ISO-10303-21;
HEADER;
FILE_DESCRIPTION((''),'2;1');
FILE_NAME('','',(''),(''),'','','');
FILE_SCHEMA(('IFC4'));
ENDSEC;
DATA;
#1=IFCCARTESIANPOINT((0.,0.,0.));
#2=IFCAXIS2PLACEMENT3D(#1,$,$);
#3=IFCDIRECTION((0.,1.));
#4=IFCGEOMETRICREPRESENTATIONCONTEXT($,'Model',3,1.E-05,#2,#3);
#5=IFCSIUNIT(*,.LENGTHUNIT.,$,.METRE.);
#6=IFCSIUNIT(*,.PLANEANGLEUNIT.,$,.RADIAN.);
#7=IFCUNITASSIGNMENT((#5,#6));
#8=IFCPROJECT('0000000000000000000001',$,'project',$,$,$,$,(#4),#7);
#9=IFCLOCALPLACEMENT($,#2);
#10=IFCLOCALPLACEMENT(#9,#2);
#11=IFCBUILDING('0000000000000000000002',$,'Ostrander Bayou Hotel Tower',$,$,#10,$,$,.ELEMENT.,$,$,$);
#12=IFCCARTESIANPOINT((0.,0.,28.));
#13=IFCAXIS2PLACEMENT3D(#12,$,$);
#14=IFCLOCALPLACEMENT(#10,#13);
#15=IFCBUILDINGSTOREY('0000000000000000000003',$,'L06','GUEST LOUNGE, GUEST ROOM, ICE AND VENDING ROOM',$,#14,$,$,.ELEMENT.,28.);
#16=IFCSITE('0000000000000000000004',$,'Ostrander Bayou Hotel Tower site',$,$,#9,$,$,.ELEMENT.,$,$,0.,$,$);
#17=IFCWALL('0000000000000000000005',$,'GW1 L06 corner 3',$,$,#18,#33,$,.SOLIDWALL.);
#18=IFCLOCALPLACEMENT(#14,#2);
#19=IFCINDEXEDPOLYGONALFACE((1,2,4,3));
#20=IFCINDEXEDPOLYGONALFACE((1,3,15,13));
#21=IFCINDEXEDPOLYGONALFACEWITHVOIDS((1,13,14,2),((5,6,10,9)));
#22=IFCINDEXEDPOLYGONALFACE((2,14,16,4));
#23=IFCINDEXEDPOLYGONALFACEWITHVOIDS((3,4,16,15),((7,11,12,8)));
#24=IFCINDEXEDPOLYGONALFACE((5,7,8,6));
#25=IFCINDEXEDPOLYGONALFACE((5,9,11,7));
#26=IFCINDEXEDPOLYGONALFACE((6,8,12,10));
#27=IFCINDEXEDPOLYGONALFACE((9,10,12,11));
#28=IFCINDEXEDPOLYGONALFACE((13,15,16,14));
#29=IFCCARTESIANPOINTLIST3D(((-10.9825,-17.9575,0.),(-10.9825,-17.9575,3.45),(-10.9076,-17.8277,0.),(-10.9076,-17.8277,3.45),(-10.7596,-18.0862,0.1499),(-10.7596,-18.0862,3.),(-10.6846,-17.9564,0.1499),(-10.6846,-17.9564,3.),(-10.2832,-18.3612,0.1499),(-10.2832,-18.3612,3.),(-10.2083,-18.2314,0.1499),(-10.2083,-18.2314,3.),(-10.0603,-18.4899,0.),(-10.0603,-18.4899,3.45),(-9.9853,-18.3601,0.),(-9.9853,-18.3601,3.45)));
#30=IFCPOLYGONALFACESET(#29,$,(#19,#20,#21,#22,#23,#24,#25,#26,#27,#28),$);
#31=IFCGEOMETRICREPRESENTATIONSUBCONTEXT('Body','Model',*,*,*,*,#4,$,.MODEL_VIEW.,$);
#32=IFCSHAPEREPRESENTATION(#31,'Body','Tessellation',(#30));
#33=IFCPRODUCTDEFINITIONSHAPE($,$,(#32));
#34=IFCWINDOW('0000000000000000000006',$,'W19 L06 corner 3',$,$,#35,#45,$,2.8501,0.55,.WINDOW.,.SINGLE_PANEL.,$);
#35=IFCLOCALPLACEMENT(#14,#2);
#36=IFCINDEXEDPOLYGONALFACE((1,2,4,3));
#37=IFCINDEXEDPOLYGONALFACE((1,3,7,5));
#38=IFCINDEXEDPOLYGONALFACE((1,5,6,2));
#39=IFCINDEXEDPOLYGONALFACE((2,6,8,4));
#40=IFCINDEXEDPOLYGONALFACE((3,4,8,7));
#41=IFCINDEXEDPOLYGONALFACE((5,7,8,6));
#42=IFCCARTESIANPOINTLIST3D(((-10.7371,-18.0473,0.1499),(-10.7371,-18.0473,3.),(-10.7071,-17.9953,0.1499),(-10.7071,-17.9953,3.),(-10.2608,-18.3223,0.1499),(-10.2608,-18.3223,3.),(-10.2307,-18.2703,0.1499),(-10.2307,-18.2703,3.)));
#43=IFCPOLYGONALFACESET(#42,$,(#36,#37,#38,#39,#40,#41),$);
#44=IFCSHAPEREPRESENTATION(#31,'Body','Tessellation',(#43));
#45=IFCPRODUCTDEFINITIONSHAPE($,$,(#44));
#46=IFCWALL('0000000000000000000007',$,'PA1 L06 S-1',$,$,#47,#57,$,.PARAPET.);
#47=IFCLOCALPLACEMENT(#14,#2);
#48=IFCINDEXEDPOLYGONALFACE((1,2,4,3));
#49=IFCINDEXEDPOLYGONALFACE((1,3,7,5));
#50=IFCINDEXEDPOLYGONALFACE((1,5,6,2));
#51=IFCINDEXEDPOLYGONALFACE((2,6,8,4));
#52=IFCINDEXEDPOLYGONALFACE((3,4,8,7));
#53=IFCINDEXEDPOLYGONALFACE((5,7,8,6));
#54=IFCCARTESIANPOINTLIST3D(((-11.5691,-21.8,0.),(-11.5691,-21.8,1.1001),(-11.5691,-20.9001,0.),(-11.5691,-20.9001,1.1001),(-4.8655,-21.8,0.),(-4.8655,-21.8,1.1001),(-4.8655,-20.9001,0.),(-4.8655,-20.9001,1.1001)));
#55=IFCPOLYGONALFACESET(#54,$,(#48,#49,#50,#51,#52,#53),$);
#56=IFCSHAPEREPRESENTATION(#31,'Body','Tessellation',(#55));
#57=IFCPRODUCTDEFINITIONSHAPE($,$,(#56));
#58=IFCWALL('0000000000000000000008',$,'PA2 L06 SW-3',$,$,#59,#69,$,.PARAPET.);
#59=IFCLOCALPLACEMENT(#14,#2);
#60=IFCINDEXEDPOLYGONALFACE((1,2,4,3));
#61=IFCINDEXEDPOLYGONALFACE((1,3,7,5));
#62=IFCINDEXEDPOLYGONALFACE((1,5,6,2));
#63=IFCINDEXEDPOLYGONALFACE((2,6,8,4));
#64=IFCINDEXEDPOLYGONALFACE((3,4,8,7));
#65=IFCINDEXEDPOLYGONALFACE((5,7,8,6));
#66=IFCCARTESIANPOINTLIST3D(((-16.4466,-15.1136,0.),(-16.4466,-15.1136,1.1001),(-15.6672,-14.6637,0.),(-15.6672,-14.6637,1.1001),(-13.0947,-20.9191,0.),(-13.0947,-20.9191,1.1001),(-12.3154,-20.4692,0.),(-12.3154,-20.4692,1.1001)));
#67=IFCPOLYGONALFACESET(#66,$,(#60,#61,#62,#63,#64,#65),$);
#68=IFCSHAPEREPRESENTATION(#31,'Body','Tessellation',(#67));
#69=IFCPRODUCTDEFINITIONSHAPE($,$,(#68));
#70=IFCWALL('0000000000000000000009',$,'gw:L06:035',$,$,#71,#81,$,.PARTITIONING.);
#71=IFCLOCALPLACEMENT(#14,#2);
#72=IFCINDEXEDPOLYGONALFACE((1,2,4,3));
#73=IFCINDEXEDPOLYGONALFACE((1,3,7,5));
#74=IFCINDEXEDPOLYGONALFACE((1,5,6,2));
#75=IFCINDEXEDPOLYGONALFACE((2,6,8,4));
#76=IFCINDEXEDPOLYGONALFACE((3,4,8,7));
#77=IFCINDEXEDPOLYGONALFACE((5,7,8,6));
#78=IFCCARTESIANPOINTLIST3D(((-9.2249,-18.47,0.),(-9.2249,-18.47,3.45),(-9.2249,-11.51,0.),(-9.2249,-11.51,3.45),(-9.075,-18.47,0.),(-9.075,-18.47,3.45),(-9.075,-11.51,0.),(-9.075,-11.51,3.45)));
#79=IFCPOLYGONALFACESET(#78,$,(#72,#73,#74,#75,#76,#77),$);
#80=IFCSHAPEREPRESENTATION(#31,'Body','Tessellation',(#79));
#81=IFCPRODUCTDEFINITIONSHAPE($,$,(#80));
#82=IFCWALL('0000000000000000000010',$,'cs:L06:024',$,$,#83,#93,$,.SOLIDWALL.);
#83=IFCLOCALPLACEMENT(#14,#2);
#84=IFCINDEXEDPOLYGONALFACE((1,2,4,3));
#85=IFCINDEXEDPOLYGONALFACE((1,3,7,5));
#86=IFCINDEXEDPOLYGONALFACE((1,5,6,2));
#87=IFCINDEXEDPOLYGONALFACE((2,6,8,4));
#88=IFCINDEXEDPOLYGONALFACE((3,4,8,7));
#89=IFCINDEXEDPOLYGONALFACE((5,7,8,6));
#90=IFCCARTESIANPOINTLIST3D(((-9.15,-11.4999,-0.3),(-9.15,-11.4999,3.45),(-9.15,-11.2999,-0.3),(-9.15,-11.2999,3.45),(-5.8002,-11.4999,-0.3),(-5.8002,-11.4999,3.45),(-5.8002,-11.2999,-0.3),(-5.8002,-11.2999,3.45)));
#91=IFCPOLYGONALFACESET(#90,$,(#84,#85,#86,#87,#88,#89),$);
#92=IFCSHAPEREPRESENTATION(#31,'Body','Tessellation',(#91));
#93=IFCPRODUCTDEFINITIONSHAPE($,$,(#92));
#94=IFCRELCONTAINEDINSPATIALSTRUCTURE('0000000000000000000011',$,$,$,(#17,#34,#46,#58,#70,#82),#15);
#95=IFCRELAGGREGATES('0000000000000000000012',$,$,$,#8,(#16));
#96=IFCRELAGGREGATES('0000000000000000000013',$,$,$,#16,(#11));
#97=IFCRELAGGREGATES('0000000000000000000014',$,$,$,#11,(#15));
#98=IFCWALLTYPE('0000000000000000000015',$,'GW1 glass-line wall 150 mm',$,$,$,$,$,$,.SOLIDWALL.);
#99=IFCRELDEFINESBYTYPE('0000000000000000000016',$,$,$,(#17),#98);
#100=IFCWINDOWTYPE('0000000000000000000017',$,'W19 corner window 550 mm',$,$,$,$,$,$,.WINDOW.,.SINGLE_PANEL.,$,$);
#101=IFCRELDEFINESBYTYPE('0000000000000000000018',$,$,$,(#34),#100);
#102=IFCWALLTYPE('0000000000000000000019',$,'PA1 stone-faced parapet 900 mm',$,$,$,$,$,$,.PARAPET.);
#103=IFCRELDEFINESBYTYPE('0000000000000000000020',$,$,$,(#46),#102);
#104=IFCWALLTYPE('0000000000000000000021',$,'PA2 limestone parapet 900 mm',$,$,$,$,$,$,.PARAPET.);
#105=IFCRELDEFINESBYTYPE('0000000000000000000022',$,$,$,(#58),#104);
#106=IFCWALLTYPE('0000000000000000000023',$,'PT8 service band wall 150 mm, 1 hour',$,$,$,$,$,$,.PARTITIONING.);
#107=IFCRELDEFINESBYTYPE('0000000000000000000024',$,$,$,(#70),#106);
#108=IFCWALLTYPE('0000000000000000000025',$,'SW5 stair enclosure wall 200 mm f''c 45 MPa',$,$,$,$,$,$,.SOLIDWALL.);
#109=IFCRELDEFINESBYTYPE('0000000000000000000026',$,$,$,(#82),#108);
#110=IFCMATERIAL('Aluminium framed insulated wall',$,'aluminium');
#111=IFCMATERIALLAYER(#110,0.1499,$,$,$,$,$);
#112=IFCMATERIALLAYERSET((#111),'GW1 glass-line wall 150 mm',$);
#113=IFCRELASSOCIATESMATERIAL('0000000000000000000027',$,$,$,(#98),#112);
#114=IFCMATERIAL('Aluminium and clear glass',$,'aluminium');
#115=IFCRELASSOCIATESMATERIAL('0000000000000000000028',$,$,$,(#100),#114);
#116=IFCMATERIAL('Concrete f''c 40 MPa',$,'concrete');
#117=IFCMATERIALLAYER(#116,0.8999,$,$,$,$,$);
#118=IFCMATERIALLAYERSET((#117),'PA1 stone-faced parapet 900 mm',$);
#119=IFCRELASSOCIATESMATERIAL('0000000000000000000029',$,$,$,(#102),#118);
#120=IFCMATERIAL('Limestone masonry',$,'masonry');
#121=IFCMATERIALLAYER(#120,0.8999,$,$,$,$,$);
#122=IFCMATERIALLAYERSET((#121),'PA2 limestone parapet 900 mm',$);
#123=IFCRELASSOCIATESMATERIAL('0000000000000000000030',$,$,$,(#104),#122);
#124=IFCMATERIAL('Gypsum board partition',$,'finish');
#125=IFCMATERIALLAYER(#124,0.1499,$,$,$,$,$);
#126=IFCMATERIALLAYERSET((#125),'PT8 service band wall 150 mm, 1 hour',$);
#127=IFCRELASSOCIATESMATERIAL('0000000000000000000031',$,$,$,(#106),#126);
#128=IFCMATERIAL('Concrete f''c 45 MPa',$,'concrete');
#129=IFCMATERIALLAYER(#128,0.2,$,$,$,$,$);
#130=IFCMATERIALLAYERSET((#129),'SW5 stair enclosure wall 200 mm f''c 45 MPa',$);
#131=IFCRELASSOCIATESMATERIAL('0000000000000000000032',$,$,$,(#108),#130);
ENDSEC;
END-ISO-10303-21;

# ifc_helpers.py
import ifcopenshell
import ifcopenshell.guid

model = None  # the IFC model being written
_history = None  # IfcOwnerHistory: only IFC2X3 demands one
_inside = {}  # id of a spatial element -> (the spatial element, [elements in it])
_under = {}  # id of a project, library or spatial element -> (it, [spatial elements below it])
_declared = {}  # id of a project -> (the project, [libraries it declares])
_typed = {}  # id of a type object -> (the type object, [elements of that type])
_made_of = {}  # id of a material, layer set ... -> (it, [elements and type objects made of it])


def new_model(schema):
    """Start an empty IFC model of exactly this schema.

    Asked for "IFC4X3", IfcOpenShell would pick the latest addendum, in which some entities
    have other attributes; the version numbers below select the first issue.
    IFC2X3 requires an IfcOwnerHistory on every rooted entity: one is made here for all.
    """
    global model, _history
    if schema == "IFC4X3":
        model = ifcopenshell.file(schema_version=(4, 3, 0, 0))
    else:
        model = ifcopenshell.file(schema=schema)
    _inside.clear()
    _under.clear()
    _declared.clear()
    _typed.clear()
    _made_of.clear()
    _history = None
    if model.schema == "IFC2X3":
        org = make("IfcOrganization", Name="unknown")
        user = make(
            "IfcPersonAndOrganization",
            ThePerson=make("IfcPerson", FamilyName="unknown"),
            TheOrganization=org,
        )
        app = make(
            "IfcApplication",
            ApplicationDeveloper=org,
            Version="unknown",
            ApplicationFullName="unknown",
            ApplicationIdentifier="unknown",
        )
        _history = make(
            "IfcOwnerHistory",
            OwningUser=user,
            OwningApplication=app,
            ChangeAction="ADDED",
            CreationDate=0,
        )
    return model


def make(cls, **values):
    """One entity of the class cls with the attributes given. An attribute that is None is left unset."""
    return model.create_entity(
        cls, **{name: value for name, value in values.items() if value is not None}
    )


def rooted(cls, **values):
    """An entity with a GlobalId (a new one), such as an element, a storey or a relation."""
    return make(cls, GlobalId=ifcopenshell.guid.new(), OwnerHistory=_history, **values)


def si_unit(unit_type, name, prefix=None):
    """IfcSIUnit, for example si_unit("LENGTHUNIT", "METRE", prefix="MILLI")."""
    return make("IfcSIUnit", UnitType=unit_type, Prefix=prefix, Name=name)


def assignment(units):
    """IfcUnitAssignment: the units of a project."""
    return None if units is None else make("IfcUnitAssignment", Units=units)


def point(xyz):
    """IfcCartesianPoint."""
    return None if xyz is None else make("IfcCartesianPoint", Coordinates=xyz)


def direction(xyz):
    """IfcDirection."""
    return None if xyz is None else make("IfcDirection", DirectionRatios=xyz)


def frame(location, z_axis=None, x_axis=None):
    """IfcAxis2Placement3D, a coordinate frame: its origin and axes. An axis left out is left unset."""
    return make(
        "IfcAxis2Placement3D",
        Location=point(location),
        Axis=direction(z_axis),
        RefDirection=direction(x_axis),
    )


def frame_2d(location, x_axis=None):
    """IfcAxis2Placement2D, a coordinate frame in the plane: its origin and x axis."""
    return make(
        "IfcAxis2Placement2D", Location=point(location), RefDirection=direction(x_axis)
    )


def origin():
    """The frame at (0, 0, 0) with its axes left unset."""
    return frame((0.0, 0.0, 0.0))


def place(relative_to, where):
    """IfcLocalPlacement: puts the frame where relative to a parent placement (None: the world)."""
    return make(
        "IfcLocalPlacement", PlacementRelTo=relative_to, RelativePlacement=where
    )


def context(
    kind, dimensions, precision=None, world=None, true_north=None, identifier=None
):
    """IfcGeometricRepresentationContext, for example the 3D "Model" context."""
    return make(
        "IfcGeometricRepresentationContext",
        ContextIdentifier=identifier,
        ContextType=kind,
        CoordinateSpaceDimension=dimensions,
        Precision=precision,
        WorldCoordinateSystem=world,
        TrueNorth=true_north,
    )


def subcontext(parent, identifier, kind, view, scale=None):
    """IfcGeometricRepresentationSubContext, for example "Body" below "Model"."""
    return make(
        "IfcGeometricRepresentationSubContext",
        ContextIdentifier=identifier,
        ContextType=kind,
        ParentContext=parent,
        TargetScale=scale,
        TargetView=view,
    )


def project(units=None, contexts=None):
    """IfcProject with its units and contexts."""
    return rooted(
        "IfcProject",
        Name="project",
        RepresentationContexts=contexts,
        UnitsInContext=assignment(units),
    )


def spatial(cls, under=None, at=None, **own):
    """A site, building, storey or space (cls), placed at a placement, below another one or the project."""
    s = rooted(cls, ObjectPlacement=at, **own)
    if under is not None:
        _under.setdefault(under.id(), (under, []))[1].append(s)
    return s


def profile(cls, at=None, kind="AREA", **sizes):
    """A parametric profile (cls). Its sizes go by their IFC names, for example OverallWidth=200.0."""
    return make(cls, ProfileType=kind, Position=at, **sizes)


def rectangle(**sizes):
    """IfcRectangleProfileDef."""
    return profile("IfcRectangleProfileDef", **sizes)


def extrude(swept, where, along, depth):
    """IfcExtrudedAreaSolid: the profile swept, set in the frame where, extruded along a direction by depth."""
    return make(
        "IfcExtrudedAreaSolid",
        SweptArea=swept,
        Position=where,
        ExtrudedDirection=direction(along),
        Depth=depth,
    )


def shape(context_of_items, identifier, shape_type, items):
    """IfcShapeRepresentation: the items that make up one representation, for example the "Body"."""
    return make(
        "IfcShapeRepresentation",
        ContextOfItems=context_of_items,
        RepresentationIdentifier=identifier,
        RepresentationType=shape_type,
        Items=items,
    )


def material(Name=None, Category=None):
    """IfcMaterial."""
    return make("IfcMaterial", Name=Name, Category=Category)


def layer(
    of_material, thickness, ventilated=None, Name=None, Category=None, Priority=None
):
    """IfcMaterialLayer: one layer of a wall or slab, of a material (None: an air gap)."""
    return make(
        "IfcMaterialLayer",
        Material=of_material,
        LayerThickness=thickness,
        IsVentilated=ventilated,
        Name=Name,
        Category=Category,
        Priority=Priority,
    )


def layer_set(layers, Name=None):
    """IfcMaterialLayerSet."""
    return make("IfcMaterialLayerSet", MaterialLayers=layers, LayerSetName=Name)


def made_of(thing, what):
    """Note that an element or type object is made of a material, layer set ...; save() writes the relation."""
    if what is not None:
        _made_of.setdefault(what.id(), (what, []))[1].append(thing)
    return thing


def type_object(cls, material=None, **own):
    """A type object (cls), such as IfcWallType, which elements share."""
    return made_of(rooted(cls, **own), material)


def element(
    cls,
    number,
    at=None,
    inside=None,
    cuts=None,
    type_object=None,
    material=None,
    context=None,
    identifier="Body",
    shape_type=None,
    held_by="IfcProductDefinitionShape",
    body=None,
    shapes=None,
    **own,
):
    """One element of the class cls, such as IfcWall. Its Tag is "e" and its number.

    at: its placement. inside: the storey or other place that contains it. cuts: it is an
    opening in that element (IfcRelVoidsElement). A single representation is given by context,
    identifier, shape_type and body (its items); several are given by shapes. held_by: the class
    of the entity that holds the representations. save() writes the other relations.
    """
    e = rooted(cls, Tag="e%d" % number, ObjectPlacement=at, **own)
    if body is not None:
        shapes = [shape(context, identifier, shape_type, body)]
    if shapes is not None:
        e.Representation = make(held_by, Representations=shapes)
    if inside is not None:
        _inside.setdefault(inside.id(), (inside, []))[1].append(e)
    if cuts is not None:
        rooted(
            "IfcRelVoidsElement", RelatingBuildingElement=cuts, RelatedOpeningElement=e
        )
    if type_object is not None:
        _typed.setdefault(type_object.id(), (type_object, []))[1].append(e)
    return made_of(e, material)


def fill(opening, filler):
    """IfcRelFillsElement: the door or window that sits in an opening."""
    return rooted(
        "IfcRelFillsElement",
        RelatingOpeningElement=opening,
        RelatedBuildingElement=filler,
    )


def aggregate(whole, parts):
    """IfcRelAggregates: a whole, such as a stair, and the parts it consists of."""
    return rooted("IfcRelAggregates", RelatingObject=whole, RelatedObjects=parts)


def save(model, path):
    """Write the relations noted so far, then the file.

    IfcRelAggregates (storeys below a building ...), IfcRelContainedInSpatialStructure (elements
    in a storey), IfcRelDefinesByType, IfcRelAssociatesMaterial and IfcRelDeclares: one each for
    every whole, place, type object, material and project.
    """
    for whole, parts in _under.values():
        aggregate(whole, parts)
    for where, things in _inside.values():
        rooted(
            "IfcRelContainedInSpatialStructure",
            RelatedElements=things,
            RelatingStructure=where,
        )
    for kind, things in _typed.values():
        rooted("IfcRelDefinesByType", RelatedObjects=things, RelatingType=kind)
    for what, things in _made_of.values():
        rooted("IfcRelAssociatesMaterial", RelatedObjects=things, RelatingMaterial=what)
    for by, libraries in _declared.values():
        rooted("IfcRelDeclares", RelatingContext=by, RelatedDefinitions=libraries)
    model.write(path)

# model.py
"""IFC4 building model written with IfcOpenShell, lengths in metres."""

from ifc_helpers import new_model, si_unit, direction, frame, frame_2d, origin, place, context, subcontext, project, spatial, rectangle, extrude, material, layer, layer_set, type_object, element, fill, save


model = new_model("IFC4")

# Units and contexts
model_context = context("Model", 3, precision=1e-05, world=origin(), true_north=direction((0.0, 1.0)))
body_context = subcontext(model_context, "Body", "Model", "MODEL_VIEW")
ifc_project = project(units=[si_unit("LENGTHUNIT", "METRE"), si_unit("PLANEANGLEUNIT", "RADIAN")], contexts=[model_context])

# Site, building, storey
site_placement = place(None, origin())
site = spatial("IfcSite", under=ifc_project, at=site_placement, Name="Ostrander Bayou Hotel Tower site", CompositionType="ELEMENT", RefElevation=0.0)
building_placement = place(site_placement, origin())
building = spatial("IfcBuilding", under=site, at=building_placement, Name="Ostrander Bayou Hotel Tower", CompositionType="ELEMENT")
storey_placement = place(building_placement, frame((0.0, 0.0, 28.0)))
storey = spatial("IfcBuildingStorey", under=building, at=storey_placement, Name="L06", Description="GUEST LOUNGE, GUEST ROOM, ICE AND VENDING ROOM", CompositionType="ELEMENT", Elevation=28.0)

# Shared definitions
ifc_material_1 = material(Name="Aluminium framed insulated wall", Category="aluminium")
ifc_layer_1 = layer(ifc_material_1, 0.1499)
ifc_layer_set_1 = layer_set([ifc_layer_1], Name="GW1 glass-line wall 150 mm")
wall_type_1 = type_object("IfcWallType", Name="GW1 glass-line wall 150 mm", PredefinedType="SOLIDWALL", material=ifc_layer_set_1)

# Wall, opening, window
wall_1_placement = place(storey_placement, frame((-10.9451, -17.8926, 0.0), z_axis=(0.0, 0.0, 1.0), x_axis=(0.866048, -0.499961, 0.0)))
wall_1 = element("IfcWall", 1, at=wall_1_placement, inside=storey, type_object=wall_type_1, Name="GW1 L06 corner 3", PredefinedType="SOLIDWALL", context=body_context, shape_type="SweptSolid", body=[
    extrude(rectangle(XDim=1.0649, YDim=0.1499, at=frame_2d((0.5325, 0.0))), origin(), (0.0, 0.0, 1.0), 3.45),
])
opening_1_placement = place(wall_1_placement, frame((0.2576, 0.0, 0.1499)))
opening_1 = element("IfcOpeningElement", 2, at=opening_1_placement, cuts=wall_1, PredefinedType="OPENING", context=body_context, shape_type="SweptSolid", body=[
    extrude(rectangle(XDim=0.55, YDim=2.8501, at=frame_2d((0.2749, 1.425))), frame((0.0, 0.075, 0.0), z_axis=(0.0, -1.0, 0.0), x_axis=(1.0, 0.0, 0.0)), (0.0, 0.0, 1.0), 0.1499),
])
ifc_material_2 = material(Name="Aluminium and clear glass", Category="aluminium")
window_type_1 = type_object("IfcWindowType", Name="W19 corner window 550 mm", PartitioningType="SINGLE_PANEL", PredefinedType="WINDOW", material=ifc_material_2)
window_1_placement = place(opening_1_placement, origin())
window_1 = element("IfcWindow", 3, at=window_1_placement, inside=storey, type_object=window_type_1, Name="W19 L06 corner 3", OverallHeight=2.8501, OverallWidth=0.55, PartitioningType="SINGLE_PANEL", PredefinedType="WINDOW", context=body_context, shape_type="SweptSolid", body=[
    extrude(rectangle(XDim=0.55, YDim=2.8501, at=frame_2d((0.2749, 1.425))), frame((0.0, 0.03, 0.0), z_axis=(0.0, -1.0, 0.0), x_axis=(1.0, 0.0, 0.0)), (0.0, 0.0, 1.0), 0.0601),
])
fill(opening_1, window_1)

# Walls
ifc_material_3 = material(Name="Concrete f'c 40 MPa", Category="concrete")
ifc_layer_2 = layer(ifc_material_3, 0.8999)
ifc_layer_set_2 = layer_set([ifc_layer_2], Name="PA1 stone-faced parapet 900 mm")
wall_type_2 = type_object("IfcWallType", Name="PA1 stone-faced parapet 900 mm", PredefinedType="PARAPET", material=ifc_layer_set_2)
wall_2_placement = place(storey_placement, frame((-11.5691, -21.3501, 0.0), z_axis=(0.0, 0.0, 1.0), x_axis=(1.0, 0.0, 0.0)))
element("IfcWall", 4, at=wall_2_placement, inside=storey, type_object=wall_type_2, Name="PA1 L06 S-1", PredefinedType="PARAPET", context=body_context, shape_type="SweptSolid", body=[
    extrude(rectangle(XDim=6.7036, YDim=0.8999, at=frame_2d((3.3518, 0.0))), origin(), (0.0, 0.0, 1.0), 1.1001),
])
ifc_material_4 = material(Name="Limestone masonry", Category="masonry")
ifc_layer_3 = layer(ifc_material_4, 0.8999)
ifc_layer_set_3 = layer_set([ifc_layer_3], Name="PA2 limestone parapet 900 mm")
wall_type_3 = type_object("IfcWallType", Name="PA2 limestone parapet 900 mm", PredefinedType="PARAPET", material=ifc_layer_set_3)
wall_3_placement = place(storey_placement, frame((-16.0569, -14.8887, 0.0), z_axis=(0.0, 0.0, 1.0), x_axis=(0.500005, -0.866022, 0.0)))
element("IfcWall", 5, at=wall_3_placement, inside=storey, type_object=wall_type_3, Name="PA2 L06 SW-3", PredefinedType="PARAPET", context=body_context, shape_type="SweptSolid", body=[
    extrude(rectangle(XDim=6.7036, YDim=0.8999, at=frame_2d((3.3518, 0.0))), origin(), (0.0, 0.0, 1.0), 1.1001),
])
ifc_material_5 = material(Name="Gypsum board partition", Category="finish")
ifc_layer_4 = layer(ifc_material_5, 0.1499)
ifc_layer_set_4 = layer_set([ifc_layer_4], Name="PT8 service band wall 150 mm, 1 hour")
wall_type_4 = type_object("IfcWallType", Name="PT8 service band wall 150 mm, 1 hour", PredefinedType="PARTITIONING", material=ifc_layer_set_4)
wall_4_placement = place(storey_placement, frame((-9.1499, -18.47, 0.0), z_axis=(0.0, 0.0, 1.0), x_axis=(0.0, 1.0, 0.0)))
element("IfcWall", 6, at=wall_4_placement, inside=storey, type_object=wall_type_4, Name="gw:L06:035", PredefinedType="PARTITIONING", context=body_context, shape_type="SweptSolid", body=[
    extrude(rectangle(XDim=6.96, YDim=0.1499, at=frame_2d((3.48, 0.0))), origin(), (0.0, 0.0, 1.0), 3.45),
])
ifc_material_6 = material(Name="Concrete f'c 45 MPa", Category="concrete")
ifc_layer_5 = layer(ifc_material_6, 0.2)
ifc_layer_set_5 = layer_set([ifc_layer_5], Name="SW5 stair enclosure wall 200 mm f'c 45 MPa")
wall_type_5 = type_object("IfcWallType", Name="SW5 stair enclosure wall 200 mm f'c 45 MPa", PredefinedType="SOLIDWALL", material=ifc_layer_set_5)
wall_5_placement = place(storey_placement, frame((-9.1499, -11.3999, -0.3), z_axis=(0.0, 0.0, 1.0), x_axis=(1.0, 0.0, 0.0)))
element("IfcWall", 7, at=wall_5_placement, inside=storey, type_object=wall_type_5, Name="cs:L06:024", PredefinedType="SOLIDWALL", context=body_context, shape_type="SweptSolid", body=[
    extrude(rectangle(XDim=3.3499, YDim=0.2, at=frame_2d((1.6748, 0.0))), origin(), (0.0, 0.0, 1.0), 3.75),
])

save(model, "model.ifc")
